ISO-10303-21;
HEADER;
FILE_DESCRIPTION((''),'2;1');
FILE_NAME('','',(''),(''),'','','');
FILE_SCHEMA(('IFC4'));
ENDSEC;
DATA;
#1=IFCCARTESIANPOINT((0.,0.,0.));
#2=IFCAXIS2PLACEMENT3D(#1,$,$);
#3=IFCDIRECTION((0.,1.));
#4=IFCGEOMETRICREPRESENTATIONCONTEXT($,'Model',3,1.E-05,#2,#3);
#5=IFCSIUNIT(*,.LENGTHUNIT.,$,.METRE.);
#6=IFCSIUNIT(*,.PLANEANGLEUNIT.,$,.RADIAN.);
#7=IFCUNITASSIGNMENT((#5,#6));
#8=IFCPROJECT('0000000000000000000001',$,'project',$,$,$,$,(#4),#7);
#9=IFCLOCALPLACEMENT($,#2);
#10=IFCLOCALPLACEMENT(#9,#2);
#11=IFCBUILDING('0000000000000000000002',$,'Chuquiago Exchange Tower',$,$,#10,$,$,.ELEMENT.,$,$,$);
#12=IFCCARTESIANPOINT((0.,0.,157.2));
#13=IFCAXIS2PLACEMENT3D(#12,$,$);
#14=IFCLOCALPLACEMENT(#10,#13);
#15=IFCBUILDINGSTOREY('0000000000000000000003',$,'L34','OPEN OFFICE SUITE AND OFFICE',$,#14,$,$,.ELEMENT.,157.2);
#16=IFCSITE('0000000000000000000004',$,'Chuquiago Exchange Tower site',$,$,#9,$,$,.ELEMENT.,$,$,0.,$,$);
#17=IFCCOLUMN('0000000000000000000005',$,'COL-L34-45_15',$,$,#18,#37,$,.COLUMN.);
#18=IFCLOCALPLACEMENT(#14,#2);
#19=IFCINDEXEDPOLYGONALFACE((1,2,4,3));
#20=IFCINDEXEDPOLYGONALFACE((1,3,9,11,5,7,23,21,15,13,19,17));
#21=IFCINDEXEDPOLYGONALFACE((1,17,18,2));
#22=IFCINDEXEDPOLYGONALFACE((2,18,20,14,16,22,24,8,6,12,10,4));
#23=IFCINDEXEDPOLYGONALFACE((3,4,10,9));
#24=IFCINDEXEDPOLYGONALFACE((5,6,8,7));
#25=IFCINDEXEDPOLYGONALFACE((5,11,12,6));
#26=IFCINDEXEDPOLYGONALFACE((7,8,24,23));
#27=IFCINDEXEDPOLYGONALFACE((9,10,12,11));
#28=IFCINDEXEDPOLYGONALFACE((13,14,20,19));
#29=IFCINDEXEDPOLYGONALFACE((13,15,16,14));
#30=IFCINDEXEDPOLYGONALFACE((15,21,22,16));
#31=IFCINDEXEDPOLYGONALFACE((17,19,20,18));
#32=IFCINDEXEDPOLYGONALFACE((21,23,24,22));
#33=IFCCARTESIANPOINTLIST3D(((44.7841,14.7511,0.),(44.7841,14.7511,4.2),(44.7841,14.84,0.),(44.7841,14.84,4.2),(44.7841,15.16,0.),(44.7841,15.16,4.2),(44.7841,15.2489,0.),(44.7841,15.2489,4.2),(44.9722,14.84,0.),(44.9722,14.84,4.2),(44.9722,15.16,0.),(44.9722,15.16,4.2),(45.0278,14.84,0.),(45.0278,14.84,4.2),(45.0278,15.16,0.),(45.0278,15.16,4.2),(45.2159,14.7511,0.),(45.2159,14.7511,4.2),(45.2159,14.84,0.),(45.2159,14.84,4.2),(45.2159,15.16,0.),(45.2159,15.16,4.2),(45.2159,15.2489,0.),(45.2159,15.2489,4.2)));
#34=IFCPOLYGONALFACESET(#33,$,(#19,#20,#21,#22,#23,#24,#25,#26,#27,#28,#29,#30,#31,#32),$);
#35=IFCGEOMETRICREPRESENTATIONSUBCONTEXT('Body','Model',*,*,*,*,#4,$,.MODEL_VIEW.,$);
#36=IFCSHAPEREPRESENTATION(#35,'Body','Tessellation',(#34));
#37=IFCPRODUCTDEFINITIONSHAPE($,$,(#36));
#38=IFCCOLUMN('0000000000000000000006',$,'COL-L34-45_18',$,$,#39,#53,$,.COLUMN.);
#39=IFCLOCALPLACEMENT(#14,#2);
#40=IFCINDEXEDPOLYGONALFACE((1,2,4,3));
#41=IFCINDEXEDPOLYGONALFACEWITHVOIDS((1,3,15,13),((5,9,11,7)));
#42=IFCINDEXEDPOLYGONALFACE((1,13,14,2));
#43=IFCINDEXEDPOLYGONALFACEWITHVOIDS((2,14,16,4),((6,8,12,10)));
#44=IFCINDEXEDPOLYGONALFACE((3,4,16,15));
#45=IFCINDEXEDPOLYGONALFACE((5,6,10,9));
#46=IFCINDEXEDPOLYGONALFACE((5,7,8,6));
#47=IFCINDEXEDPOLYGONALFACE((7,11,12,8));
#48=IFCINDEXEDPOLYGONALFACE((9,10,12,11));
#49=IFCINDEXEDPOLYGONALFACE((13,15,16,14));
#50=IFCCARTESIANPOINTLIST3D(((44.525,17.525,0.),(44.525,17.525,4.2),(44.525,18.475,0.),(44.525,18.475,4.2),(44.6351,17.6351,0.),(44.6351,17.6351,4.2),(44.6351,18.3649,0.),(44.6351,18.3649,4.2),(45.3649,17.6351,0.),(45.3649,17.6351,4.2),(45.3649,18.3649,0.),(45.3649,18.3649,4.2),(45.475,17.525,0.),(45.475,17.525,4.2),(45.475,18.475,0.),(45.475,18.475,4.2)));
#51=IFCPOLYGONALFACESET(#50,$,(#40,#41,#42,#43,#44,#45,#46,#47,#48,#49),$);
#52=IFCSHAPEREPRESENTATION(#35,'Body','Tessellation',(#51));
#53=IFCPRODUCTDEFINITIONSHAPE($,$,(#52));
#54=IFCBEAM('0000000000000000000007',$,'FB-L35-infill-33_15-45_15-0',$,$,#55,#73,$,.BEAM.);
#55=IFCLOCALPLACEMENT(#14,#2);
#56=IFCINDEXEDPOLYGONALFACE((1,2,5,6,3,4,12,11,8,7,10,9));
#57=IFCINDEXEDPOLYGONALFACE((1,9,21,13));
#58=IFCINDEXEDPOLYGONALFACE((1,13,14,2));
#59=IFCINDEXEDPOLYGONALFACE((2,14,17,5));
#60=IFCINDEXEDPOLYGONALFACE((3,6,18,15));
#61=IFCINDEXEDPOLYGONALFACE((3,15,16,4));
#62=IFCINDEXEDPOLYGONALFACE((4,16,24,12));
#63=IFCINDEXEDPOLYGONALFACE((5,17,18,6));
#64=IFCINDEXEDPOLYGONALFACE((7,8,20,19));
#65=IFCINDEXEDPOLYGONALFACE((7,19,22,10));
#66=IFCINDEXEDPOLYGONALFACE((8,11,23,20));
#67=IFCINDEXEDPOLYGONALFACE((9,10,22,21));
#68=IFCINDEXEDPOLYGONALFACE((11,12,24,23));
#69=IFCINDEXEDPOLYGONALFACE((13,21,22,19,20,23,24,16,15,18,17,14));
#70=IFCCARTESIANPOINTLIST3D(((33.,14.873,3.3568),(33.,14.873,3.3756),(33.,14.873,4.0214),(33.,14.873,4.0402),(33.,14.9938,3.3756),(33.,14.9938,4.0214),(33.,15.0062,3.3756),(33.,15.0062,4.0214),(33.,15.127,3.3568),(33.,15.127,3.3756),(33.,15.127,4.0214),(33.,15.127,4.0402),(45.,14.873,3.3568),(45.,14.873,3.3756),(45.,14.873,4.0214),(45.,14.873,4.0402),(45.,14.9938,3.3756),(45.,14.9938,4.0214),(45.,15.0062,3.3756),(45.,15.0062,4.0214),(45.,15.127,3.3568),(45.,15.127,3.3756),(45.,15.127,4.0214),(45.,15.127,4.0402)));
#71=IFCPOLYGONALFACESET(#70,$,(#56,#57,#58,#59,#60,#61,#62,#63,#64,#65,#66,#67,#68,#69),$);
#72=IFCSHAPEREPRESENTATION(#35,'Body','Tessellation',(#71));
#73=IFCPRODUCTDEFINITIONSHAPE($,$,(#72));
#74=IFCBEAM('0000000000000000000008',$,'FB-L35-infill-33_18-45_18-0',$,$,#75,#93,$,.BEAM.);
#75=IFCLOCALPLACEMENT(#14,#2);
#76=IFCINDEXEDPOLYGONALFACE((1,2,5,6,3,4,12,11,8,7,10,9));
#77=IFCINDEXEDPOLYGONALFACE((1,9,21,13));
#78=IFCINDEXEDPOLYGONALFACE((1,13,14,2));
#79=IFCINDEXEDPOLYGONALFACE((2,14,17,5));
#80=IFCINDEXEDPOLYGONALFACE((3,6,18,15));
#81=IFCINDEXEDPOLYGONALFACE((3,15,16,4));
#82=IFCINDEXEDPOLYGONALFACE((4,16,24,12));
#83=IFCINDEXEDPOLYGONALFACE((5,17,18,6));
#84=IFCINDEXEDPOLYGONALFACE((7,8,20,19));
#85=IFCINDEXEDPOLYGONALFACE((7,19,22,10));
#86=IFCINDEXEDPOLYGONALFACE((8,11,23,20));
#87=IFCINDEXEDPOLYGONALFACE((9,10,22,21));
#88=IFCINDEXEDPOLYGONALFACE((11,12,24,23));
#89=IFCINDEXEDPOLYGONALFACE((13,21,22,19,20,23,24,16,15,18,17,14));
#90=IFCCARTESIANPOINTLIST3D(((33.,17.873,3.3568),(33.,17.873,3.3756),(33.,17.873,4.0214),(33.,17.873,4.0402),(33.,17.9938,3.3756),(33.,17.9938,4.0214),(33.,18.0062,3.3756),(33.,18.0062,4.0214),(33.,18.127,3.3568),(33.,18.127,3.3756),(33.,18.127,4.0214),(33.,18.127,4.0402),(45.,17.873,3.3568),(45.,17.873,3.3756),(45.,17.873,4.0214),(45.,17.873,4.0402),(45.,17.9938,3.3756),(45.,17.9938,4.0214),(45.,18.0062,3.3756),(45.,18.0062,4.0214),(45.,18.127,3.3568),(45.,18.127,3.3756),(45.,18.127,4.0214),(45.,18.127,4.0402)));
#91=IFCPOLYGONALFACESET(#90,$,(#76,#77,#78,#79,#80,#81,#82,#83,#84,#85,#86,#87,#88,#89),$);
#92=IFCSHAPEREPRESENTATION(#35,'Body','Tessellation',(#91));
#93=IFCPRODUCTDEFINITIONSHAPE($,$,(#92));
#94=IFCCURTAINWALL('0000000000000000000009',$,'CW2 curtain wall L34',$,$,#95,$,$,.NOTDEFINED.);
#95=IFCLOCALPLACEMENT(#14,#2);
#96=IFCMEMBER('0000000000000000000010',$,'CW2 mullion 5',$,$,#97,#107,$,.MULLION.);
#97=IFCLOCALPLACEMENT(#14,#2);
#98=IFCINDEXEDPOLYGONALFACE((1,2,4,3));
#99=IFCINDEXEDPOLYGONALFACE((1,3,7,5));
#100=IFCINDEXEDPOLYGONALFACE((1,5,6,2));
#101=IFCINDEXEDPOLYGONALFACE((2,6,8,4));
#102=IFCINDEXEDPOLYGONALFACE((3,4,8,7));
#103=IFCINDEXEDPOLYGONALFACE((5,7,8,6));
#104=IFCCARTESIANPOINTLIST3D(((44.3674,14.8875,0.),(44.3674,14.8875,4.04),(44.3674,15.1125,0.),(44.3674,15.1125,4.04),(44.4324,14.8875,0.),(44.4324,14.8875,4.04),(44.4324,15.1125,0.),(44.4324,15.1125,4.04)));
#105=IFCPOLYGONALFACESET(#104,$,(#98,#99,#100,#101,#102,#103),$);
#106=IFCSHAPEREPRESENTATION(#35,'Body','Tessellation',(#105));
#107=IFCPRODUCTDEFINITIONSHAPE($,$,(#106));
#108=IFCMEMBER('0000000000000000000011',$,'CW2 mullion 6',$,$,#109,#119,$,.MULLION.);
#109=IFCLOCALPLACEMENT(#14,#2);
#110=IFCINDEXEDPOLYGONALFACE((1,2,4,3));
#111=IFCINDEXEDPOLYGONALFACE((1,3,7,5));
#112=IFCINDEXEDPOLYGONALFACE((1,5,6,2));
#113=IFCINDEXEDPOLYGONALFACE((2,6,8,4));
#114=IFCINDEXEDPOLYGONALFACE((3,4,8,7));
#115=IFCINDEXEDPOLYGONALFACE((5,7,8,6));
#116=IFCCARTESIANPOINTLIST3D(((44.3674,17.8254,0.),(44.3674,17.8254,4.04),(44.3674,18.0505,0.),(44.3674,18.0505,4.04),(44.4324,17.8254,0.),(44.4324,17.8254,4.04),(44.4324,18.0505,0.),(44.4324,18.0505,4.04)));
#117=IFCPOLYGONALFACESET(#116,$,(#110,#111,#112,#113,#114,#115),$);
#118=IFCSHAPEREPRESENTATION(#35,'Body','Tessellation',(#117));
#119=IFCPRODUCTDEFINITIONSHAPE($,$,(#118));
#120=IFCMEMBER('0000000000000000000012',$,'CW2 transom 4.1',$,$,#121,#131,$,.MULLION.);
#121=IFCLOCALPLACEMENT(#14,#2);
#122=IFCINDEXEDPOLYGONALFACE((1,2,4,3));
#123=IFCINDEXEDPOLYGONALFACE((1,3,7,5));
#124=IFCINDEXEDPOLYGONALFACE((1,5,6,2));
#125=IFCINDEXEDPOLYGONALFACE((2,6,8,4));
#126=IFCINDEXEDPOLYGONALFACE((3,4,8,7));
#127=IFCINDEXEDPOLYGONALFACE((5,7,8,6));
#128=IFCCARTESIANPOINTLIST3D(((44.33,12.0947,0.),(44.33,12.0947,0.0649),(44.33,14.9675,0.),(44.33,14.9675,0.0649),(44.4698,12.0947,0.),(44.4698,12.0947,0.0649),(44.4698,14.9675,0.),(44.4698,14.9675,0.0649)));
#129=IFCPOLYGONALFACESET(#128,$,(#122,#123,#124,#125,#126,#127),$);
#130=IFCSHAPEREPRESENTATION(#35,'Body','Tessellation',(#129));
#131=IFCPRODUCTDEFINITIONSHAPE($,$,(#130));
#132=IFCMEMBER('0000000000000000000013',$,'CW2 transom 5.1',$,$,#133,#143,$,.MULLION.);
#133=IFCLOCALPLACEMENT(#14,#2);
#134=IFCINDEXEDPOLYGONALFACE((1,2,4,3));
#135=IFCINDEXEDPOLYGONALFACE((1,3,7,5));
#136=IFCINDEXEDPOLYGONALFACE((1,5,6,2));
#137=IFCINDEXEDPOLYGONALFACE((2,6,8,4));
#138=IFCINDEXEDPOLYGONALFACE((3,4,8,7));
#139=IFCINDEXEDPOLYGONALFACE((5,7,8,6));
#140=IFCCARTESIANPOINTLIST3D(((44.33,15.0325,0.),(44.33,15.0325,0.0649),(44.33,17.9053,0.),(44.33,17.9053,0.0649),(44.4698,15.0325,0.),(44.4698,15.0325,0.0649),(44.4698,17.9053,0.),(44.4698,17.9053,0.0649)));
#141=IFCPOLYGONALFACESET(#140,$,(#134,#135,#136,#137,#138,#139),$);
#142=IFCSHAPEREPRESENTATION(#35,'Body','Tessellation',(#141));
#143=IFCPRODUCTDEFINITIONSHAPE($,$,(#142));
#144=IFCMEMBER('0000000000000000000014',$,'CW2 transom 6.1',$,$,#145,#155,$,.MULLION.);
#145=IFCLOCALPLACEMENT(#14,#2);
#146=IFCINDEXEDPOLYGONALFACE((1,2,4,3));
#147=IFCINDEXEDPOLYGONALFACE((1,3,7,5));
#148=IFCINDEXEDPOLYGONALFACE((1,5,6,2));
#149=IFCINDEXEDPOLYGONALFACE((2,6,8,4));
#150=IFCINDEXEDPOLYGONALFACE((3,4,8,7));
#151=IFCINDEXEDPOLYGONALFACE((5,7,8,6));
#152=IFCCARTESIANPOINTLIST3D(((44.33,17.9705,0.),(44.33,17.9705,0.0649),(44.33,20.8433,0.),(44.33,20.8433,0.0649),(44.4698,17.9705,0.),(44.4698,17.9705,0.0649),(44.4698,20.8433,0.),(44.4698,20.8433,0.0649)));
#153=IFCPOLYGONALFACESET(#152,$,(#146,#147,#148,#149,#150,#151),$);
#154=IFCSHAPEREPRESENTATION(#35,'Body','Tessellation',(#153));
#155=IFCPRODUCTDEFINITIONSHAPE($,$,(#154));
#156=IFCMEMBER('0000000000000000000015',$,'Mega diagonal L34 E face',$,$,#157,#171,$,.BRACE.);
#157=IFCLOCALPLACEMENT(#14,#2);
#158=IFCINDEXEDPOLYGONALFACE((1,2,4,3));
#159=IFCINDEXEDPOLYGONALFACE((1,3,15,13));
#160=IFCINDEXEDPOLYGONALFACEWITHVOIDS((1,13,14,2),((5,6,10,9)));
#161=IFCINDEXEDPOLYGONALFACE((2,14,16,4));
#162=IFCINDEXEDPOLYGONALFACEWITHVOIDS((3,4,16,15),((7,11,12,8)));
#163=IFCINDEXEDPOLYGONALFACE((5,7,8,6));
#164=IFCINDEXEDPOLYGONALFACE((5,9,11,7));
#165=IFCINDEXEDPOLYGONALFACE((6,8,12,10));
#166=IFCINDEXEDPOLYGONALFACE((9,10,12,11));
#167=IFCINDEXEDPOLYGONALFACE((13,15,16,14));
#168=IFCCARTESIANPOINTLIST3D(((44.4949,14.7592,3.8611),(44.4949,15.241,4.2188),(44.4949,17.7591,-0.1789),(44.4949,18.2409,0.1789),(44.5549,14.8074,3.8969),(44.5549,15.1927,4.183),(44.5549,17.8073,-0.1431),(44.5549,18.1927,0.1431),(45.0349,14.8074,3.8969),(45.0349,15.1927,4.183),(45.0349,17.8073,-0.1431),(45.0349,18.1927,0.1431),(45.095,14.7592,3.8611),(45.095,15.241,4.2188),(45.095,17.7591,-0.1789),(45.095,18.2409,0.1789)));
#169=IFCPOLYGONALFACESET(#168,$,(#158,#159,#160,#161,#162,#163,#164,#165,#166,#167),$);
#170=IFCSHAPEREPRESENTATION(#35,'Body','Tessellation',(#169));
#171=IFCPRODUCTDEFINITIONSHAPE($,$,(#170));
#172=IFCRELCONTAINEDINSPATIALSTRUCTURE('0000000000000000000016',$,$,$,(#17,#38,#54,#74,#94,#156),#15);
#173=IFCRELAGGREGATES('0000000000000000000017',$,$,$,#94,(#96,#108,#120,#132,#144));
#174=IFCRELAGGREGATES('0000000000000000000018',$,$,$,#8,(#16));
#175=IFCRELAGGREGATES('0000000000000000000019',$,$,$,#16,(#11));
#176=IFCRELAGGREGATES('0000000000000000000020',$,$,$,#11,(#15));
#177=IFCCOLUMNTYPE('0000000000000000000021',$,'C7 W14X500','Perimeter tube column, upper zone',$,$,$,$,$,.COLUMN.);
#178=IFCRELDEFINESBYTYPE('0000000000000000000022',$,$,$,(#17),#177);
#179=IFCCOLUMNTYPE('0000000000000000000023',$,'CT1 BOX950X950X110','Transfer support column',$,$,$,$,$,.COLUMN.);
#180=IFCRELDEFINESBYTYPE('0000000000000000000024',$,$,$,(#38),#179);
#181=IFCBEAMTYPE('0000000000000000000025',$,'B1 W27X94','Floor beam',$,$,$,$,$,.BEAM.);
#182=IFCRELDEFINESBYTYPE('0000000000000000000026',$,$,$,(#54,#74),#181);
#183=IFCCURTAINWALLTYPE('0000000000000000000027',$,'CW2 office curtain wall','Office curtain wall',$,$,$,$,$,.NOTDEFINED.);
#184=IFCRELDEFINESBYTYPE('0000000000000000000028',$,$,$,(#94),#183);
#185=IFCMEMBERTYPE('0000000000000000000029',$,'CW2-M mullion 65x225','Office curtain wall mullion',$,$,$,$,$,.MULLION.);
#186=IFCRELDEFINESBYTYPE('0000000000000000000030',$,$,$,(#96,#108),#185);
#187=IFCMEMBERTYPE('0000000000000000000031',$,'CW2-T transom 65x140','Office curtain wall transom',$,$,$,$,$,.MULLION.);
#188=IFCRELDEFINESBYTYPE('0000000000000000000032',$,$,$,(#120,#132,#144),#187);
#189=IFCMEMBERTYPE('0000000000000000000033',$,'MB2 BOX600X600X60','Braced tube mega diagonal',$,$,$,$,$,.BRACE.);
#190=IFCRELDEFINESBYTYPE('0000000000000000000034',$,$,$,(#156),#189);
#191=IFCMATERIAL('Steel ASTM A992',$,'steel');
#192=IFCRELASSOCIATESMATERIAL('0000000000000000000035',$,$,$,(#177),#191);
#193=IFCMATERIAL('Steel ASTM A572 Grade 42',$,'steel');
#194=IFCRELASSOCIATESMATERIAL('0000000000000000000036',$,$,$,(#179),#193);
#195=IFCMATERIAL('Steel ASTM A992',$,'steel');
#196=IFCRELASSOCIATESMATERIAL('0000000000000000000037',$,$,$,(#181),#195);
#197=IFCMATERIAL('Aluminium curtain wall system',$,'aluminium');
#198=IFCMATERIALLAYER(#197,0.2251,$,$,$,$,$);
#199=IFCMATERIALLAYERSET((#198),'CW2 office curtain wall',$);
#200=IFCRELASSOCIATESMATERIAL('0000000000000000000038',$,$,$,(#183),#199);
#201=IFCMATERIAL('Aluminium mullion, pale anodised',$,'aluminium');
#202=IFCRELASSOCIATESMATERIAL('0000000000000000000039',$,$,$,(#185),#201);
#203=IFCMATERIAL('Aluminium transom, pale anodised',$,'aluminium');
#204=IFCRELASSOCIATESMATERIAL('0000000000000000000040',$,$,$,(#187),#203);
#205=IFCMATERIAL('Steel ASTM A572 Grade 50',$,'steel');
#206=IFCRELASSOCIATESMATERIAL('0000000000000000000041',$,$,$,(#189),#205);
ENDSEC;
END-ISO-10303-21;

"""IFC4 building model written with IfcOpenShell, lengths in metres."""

from ifc_helpers import new_model, si_unit, direction, frame, origin, origin_2d, place, context, subcontext, project, spatial, rectangle, hollow_rectangle, i_section, extrude, material, layer, layer_set, material_profile, profile_set, type_object, element, aggregate, save


model = new_model("IFC4")

# Units and contexts
model_context = context("Model", 3, precision=1e-05, world=origin(), true_north=direction((0.0, 1.0)))
body_context = subcontext(model_context, "Body", "Model", "MODEL_VIEW")
ifc_project = project(units=[si_unit("LENGTHUNIT", "METRE"), si_unit("PLANEANGLEUNIT", "RADIAN")], contexts=[model_context])

# Site, building, storey
site_placement = place(None, origin())
site = spatial("IfcSite", under=ifc_project, at=site_placement, Name="Chuquiago Exchange Tower site", CompositionType="ELEMENT", RefElevation=0.0)
building_placement = place(site_placement, origin())
building = spatial("IfcBuilding", under=site, at=building_placement, Name="Chuquiago Exchange Tower", CompositionType="ELEMENT")
storey_placement = place(building_placement, frame((0.0, 0.0, 157.2)))
storey = spatial("IfcBuildingStorey", under=building, at=storey_placement, Name="L34", Description="OPEN OFFICE SUITE AND OFFICE", CompositionType="ELEMENT", Elevation=157.2)

# Columns
ifc_material_1 = material(Name="Steel ASTM A992", Category="steel")
ifc_material_profile_1 = material_profile(ifc_material_1, i_section(OverallWidth=0.4319, OverallDepth=0.4978, WebThickness=0.0557, FlangeThickness=0.0889, at=origin_2d()), Name="W14X500")
ifc_profile_set_1 = profile_set([ifc_material_profile_1], Name="Steel ASTM A992")
column_type_1 = type_object("IfcColumnType", Name="C7 W14X500", Description="Perimeter tube column, upper zone", PredefinedType="COLUMN", material=ifc_profile_set_1)
column_1_placement = place(storey_placement, frame((45.0, 15.0, 0.0), z_axis=(0.0, 0.0, 1.0), x_axis=(1.0, 0.0, 0.0)))
element("IfcColumn", 1, at=column_1_placement, inside=storey, type_object=column_type_1, Name="COL-L34-45_15", PredefinedType="COLUMN", context=body_context, shape_type="SweptSolid", body=[
    extrude(i_section(OverallWidth=0.4319, OverallDepth=0.4978, WebThickness=0.0557, FlangeThickness=0.0889, at=origin_2d()), origin(), (0.0, 0.0, 1.0), 4.2),
])
ifc_material_2 = material(Name="Steel ASTM A572 Grade 42", Category="steel")
ifc_material_profile_2 = material_profile(ifc_material_2, hollow_rectangle(XDim=0.95, YDim=0.95, WallThickness=0.1101, at=origin_2d()), Name="BOX950X950X110")
ifc_profile_set_2 = profile_set([ifc_material_profile_2], Name="Steel ASTM A572 Grade 42")
column_type_2 = type_object("IfcColumnType", Name="CT1 BOX950X950X110", Description="Transfer support column", PredefinedType="COLUMN", material=ifc_profile_set_2)
column_2_placement = place(storey_placement, frame((45.0, 18.0, 0.0), z_axis=(0.0, 0.0, 1.0), x_axis=(1.0, 0.0, 0.0)))
element("IfcColumn", 2, at=column_2_placement, inside=storey, type_object=column_type_2, Name="COL-L34-45_18", PredefinedType="COLUMN", context=body_context, shape_type="SweptSolid", body=[
    extrude(hollow_rectangle(XDim=0.95, YDim=0.95, WallThickness=0.1101, at=origin_2d()), origin(), (0.0, 0.0, 1.0), 4.2),
])

# Beams
ifc_material_3 = material(Name="Steel ASTM A992", Category="steel")
ifc_material_profile_3 = material_profile(ifc_material_3, i_section(OverallWidth=0.2539, OverallDepth=0.6833, WebThickness=0.0125, FlangeThickness=0.0188, at=origin_2d()), Name="W27X94")
ifc_profile_set_3 = profile_set([ifc_material_profile_3], Name="Steel ASTM A992")
beam_type_1 = type_object("IfcBeamType", Name="B1 W27X94", Description="Floor beam", PredefinedType="BEAM", material=ifc_profile_set_3)
for number, where, z_axis, x_axis, name in (
    (3, (33.0, 15.0, 3.6985), (1.0, 0.0, 0.0), (0.0, 1.0, 0.0), "FB-L35-infill-33_15-45_15-0"),
    (4, (33.0, 18.0, 3.6985), (1.0, 0.0, 0.0), (0.0, 1.0, 0.0), "FB-L35-infill-33_18-45_18-0"),
):
    element("IfcBeam", number, at=place(storey_placement, frame(where, z_axis=z_axis, x_axis=x_axis)), inside=storey, type_object=beam_type_1, Name=name, PredefinedType="BEAM", context=body_context, shape_type="SweptSolid", body=[
        extrude(i_section(OverallWidth=0.2539, OverallDepth=0.6833, WebThickness=0.0125, FlangeThickness=0.0188, at=origin_2d()), origin(), (0.0, 0.0, 1.0), 12.0),
    ])

# Curtain wall, members
ifc_material_4 = material(Name="Aluminium curtain wall system", Category="aluminium")
ifc_layer_1 = layer(ifc_material_4, 0.2251)
ifc_layer_set_1 = layer_set([ifc_layer_1], Name="CW2 office curtain wall")
curtain_wall_type = type_object("IfcCurtainWallType", Name="CW2 office curtain wall", Description="Office curtain wall", PredefinedType="NOTDEFINED", material=ifc_layer_set_1)
curtain_wall_placement = place(storey_placement, origin())
curtain_wall = element("IfcCurtainWall", 5, at=curtain_wall_placement, inside=storey, type_object=curtain_wall_type, Name="CW2 curtain wall L34", PredefinedType="NOTDEFINED")
ifc_material_5 = material(Name="Aluminium mullion, pale anodised", Category="aluminium")
ifc_material_profile_4 = material_profile(ifc_material_5, rectangle(XDim=0.0649, YDim=0.2251, at=origin_2d()), Name="AL 65x225")
ifc_profile_set_4 = profile_set([ifc_material_profile_4], Name="Aluminium mullion, pale anodised")
member_type_1 = type_object("IfcMemberType", Name="CW2-M mullion 65x225", Description="Office curtain wall mullion", PredefinedType="MULLION", material=ifc_profile_set_4)
member_1_placement = place(storey_placement, frame((44.3999, 15.0, 0.0), z_axis=(0.0, 0.0, 1.0), x_axis=(-1.0, 0.0, 0.0)))
member_1 = element("IfcMember", 6, at=member_1_placement, type_object=member_type_1, Name="CW2 mullion 5", PredefinedType="MULLION", context=body_context, shape_type="SweptSolid", body=[
    extrude(rectangle(XDim=0.0649, YDim=0.2251, at=origin_2d()), origin(), (0.0, 0.0, 1.0), 4.04),
])
member_2_placement = place(storey_placement, frame((44.3999, 17.938, 0.0), z_axis=(0.0, 0.0, 1.0), x_axis=(-1.0, 0.0, 0.0)))
member_2 = element("IfcMember", 7, at=member_2_placement, type_object=member_type_1, Name="CW2 mullion 6", PredefinedType="MULLION", context=body_context, shape_type="SweptSolid", body=[
    extrude(rectangle(XDim=0.0649, YDim=0.2251, at=origin_2d()), origin(), (0.0, 0.0, 1.0), 4.04),
])
ifc_material_6 = material(Name="Aluminium transom, pale anodised", Category="aluminium")
ifc_material_profile_5 = material_profile(ifc_material_6, rectangle(XDim=0.1399, YDim=0.0649, at=origin_2d()), Name="AL 140x65")
ifc_profile_set_5 = profile_set([ifc_material_profile_5], Name="Aluminium transom, pale anodised")
member_type_2 = type_object("IfcMemberType", Name="CW2-T transom 65x140", Description="Office curtain wall transom", PredefinedType="MULLION", material=ifc_profile_set_5)
member_3_placement = place(storey_placement, frame((44.3999, 12.0947, 0.0325), z_axis=(0.0, 1.0, 0.0), x_axis=(-1.0, 0.0, 0.0)))
member_3 = element("IfcMember", 8, at=member_3_placement, type_object=member_type_2, Name="CW2 transom 4.1", PredefinedType="MULLION", context=body_context, shape_type="SweptSolid", body=[
    extrude(rectangle(XDim=0.1399, YDim=0.0649, at=origin_2d()), origin(), (0.0, 0.0, 1.0), 2.8728),
])
member_4_placement = place(storey_placement, frame((44.3999, 15.0325, 0.0325), z_axis=(0.0, 1.0, 0.0), x_axis=(-1.0, 0.0, 0.0)))
member_4 = element("IfcMember", 9, at=member_4_placement, type_object=member_type_2, Name="CW2 transom 5.1", PredefinedType="MULLION", context=body_context, shape_type="SweptSolid", body=[
    extrude(rectangle(XDim=0.1399, YDim=0.0649, at=origin_2d()), origin(), (0.0, 0.0, 1.0), 2.8728),
])
member_5_placement = place(storey_placement, frame((44.3999, 17.9705, 0.0325), z_axis=(0.0, 1.0, 0.0), x_axis=(-1.0, 0.0, 0.0)))
member_5 = element("IfcMember", 10, at=member_5_placement, type_object=member_type_2, Name="CW2 transom 6.1", PredefinedType="MULLION", context=body_context, shape_type="SweptSolid", body=[
    extrude(rectangle(XDim=0.1399, YDim=0.0649, at=origin_2d()), origin(), (0.0, 0.0, 1.0), 2.8728),
])

# Member
ifc_material_7 = material(Name="Steel ASTM A572 Grade 50", Category="steel")
ifc_material_profile_6 = material_profile(ifc_material_7, hollow_rectangle(XDim=0.6001, YDim=0.6001, WallThickness=0.0601, at=origin_2d()), Name="BOX600X600X60")
ifc_profile_set_6 = profile_set([ifc_material_profile_6], Name="Steel ASTM A572 Grade 50")
member_type_3 = type_object("IfcMemberType", Name="MB2 BOX600X600X60", Description="Braced tube mega diagonal", PredefinedType="BRACE", material=ifc_profile_set_6)
member_6_placement = place(storey_placement, frame((44.7949, 18.0, 0.0), z_axis=(0.0, -0.596174, 0.802855), x_axis=(1.0, 0.0, 0.0)))
element("IfcMember", 11, at=member_6_placement, inside=storey, type_object=member_type_3, Name="Mega diagonal L34 E face", PredefinedType="BRACE", context=body_context, shape_type="SweptSolid", body=[
    extrude(hollow_rectangle(XDim=0.6001, YDim=0.6001, WallThickness=0.0601, at=origin_2d()), origin(), (0.0, 0.0, 1.0), 5.032),
])

aggregate(curtain_wall, [member_1, member_2, member_3, member_4, member_5])

save(model, "model.ifc")
